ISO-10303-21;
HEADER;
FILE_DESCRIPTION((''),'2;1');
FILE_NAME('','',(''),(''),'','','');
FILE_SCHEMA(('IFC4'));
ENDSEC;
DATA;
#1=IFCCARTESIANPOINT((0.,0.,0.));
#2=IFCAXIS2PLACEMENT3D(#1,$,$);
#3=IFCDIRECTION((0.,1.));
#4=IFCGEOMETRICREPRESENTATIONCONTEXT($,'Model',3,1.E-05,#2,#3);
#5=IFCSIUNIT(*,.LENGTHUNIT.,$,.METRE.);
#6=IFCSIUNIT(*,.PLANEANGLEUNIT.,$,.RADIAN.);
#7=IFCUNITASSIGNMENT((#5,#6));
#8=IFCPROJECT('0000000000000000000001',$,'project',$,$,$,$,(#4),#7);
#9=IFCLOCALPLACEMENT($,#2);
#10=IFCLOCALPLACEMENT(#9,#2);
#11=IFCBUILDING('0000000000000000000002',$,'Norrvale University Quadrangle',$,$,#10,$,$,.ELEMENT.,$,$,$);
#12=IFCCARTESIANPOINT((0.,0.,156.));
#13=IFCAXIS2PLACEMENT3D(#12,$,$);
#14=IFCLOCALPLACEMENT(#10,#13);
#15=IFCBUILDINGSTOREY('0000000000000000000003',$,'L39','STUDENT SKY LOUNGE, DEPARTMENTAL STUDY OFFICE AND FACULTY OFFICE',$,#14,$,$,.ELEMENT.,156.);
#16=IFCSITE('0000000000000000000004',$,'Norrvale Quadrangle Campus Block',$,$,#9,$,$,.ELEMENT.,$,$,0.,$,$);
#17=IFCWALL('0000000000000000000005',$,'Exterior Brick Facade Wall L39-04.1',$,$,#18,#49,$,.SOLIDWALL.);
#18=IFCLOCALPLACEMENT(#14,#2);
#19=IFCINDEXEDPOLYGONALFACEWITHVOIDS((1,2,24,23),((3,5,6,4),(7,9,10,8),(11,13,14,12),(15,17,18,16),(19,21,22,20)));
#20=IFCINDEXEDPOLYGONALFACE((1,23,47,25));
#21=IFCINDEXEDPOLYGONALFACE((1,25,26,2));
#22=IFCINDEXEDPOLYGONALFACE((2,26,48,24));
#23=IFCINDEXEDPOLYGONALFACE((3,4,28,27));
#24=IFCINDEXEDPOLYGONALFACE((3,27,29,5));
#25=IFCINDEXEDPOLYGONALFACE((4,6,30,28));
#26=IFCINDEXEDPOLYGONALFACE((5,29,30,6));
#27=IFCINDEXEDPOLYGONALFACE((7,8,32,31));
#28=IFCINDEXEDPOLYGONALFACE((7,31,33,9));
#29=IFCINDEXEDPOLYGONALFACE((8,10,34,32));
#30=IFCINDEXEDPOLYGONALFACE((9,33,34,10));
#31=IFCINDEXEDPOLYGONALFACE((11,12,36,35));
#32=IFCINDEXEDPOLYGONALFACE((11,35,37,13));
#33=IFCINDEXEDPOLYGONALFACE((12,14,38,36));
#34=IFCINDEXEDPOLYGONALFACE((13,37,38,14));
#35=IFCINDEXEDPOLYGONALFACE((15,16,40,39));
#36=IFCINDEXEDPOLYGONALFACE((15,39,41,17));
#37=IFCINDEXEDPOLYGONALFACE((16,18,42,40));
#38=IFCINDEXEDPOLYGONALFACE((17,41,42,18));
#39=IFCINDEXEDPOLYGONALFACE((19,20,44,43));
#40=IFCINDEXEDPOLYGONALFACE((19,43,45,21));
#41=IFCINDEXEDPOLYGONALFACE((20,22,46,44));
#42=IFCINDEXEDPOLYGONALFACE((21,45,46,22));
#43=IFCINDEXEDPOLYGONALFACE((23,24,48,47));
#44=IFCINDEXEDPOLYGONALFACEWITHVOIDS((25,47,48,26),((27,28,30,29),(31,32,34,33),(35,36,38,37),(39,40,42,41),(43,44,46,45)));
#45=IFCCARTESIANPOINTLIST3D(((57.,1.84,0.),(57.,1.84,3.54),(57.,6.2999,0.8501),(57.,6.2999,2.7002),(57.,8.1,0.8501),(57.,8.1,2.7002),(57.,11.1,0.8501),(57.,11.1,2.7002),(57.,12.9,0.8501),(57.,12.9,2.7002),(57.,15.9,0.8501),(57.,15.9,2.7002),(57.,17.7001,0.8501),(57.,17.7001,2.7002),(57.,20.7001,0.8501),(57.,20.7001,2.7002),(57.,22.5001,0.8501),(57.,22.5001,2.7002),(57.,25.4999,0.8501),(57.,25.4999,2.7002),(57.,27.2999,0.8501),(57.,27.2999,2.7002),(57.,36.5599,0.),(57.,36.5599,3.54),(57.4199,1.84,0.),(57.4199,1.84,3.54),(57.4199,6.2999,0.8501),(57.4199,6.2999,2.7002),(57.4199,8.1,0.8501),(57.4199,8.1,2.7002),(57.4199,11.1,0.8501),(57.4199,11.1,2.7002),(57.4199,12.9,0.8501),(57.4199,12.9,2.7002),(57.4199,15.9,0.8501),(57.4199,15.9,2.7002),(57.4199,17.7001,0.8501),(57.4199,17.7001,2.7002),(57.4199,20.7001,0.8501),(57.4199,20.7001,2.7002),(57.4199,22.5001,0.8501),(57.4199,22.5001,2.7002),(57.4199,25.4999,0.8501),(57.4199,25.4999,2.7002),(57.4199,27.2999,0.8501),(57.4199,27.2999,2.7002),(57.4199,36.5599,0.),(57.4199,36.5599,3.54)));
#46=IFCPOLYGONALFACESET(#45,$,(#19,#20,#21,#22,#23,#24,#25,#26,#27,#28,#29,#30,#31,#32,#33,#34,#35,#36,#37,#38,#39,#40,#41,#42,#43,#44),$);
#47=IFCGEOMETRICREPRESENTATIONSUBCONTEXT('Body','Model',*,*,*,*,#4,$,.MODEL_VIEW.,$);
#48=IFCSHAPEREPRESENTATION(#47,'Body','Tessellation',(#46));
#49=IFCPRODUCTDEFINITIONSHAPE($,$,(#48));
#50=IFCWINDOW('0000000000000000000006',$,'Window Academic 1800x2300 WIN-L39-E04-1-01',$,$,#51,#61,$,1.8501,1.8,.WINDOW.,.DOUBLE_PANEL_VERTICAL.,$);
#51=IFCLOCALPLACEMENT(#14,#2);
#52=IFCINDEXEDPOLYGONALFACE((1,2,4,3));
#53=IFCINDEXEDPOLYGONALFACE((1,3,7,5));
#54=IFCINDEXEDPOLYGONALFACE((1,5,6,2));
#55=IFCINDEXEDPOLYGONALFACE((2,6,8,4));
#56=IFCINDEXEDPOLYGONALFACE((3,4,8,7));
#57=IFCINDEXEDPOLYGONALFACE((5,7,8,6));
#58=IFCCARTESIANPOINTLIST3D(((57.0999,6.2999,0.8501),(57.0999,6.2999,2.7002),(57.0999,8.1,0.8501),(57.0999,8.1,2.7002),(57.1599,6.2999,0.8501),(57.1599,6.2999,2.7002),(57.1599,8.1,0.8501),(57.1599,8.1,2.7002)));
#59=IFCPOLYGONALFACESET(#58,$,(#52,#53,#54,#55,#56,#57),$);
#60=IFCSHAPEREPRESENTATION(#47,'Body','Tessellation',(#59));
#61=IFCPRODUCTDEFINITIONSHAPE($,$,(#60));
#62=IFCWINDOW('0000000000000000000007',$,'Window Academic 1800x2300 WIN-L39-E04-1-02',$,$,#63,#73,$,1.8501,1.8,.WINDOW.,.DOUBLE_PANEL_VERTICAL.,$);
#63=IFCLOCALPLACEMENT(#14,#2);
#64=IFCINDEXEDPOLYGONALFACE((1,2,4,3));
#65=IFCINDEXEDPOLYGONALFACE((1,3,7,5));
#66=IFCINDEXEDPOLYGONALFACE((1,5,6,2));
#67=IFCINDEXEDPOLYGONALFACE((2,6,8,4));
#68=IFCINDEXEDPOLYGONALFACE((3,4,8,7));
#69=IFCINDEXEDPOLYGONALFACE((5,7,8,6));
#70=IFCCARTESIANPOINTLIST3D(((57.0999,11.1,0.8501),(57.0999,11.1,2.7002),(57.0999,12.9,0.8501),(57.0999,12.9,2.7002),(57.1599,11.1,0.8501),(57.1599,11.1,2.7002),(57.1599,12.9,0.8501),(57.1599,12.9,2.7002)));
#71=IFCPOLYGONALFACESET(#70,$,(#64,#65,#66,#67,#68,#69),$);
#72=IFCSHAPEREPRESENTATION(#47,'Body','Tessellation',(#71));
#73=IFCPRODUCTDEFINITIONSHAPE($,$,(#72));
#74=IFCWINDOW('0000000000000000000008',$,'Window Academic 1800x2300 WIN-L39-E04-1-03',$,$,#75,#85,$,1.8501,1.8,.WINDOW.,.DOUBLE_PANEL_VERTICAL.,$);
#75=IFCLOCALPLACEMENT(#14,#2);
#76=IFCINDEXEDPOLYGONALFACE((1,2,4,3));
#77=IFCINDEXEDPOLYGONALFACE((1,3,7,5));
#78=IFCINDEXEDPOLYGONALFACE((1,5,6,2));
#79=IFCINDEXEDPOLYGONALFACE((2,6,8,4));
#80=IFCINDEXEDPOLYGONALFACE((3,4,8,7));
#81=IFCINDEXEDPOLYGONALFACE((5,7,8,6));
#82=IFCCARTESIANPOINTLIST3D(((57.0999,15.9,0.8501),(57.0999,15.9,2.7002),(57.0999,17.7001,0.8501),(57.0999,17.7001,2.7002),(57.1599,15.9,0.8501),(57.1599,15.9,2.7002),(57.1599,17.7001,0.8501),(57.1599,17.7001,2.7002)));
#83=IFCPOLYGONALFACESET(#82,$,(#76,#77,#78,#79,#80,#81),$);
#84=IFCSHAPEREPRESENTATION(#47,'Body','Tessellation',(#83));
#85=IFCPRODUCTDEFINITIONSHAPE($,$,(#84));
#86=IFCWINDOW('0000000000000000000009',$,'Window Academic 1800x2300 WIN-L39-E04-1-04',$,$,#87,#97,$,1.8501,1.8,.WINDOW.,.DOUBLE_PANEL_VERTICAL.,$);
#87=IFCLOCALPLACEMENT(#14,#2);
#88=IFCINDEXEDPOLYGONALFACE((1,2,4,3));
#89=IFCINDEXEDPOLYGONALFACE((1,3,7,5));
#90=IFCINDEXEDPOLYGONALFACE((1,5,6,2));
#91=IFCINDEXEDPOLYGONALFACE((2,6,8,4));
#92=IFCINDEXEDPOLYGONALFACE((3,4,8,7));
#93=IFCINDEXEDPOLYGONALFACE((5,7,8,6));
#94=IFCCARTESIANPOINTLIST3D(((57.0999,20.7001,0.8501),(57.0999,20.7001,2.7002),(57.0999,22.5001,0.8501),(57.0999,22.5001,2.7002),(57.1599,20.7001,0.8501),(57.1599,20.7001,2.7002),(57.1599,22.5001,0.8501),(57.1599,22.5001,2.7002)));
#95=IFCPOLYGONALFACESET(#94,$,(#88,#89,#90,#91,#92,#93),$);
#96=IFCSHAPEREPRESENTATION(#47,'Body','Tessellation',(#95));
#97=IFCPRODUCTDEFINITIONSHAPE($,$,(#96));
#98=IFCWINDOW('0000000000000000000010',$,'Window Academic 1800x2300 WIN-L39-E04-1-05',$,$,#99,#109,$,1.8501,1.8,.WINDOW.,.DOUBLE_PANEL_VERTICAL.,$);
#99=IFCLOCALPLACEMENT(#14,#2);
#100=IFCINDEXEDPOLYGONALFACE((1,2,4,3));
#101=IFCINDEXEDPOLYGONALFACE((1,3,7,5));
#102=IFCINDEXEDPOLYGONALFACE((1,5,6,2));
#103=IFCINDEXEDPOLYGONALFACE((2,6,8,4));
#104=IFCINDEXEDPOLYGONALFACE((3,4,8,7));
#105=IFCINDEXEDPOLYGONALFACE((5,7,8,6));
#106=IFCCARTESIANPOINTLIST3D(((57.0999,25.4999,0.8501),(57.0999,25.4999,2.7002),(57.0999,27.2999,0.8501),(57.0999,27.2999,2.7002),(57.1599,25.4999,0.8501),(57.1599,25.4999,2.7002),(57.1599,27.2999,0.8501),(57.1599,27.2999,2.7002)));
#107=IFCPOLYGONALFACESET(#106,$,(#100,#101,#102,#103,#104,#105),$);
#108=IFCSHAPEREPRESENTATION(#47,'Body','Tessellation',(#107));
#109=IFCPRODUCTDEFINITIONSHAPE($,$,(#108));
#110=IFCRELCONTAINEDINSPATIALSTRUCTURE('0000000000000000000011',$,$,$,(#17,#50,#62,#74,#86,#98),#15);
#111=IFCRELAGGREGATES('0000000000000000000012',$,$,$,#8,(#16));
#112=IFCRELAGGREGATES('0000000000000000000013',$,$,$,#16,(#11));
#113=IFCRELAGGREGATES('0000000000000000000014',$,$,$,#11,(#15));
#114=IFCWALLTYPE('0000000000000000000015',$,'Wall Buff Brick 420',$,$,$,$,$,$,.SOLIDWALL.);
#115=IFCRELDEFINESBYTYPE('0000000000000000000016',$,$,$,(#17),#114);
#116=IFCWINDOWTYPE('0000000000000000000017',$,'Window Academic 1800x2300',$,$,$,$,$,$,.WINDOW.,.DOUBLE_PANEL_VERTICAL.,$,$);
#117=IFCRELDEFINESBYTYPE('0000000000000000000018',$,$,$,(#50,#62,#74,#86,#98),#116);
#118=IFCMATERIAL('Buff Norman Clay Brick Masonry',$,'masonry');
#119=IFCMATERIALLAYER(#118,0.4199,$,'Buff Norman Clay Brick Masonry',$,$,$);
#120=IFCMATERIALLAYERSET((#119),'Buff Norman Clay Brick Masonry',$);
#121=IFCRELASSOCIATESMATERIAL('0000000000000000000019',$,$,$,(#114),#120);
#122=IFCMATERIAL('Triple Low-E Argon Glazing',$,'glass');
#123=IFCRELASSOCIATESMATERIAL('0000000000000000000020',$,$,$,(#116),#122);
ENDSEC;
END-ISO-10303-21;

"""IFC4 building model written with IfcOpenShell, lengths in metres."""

from ifc_helpers import new_model, si_unit, direction, frame, frame_2d, origin, place, context, subcontext, project, spatial, rectangle, extrude, material, layer, layer_set, type_object, element, fill, save


model = new_model("IFC4")

# Units and contexts
model_context = context("Model", 3, precision=1e-05, world=origin(), true_north=direction((0.0, 1.0)))
body_context = subcontext(model_context, "Body", "Model", "MODEL_VIEW")
ifc_project = project(units=[si_unit("LENGTHUNIT", "METRE"), si_unit("PLANEANGLEUNIT", "RADIAN")], contexts=[model_context])

# Site, building, storey
site_placement = place(None, origin())
site = spatial("IfcSite", under=ifc_project, at=site_placement, Name="Norrvale Quadrangle Campus Block", CompositionType="ELEMENT", RefElevation=0.0)
building_placement = place(site_placement, origin())
building = spatial("IfcBuilding", under=site, at=building_placement, Name="Norrvale University Quadrangle", CompositionType="ELEMENT")
storey_placement = place(building_placement, frame((0.0, 0.0, 156.0)))
storey = spatial("IfcBuildingStorey", under=building, at=storey_placement, Name="L39", Description="STUDENT SKY LOUNGE, DEPARTMENTAL STUDY OFFICE AND FACULTY OFFICE", CompositionType="ELEMENT", Elevation=156.0)

# Shared definitions
ifc_material_1 = material(Name="Buff Norman Clay Brick Masonry", Category="masonry")
ifc_layer = layer(ifc_material_1, 0.4199, Name="Buff Norman Clay Brick Masonry")
ifc_layer_set = layer_set([ifc_layer], Name="Buff Norman Clay Brick Masonry")
wall_type = type_object("IfcWallType", Name="Wall Buff Brick 420", PredefinedType="SOLIDWALL", material=ifc_layer_set)

# Wall, openings, windows
wall_placement = place(storey_placement, frame((57.21, 1.8401, 0.0), z_axis=(0.0, 0.0, 1.0), x_axis=(0.0, 1.0, 0.0)))
wall = element("IfcWall", 1, at=wall_placement, inside=storey, type_object=wall_type, Name="Exterior Brick Facade Wall L39-04.1", PredefinedType="SOLIDWALL", context=body_context, shape_type="SweptSolid", body=[
    extrude(rectangle(XDim=34.72, YDim=0.4199, at=frame_2d((17.3599, 0.0))), origin(), (0.0, 0.0, 1.0), 3.54),
])
opening_1_placement = place(wall_placement, frame((4.46, 0.0, 0.8501)))
opening_1 = element("IfcOpeningElement", 2, at=opening_1_placement, cuts=wall, PredefinedType="OPENING", context=body_context, shape_type="SweptSolid", body=[
    extrude(rectangle(XDim=1.8, YDim=1.8501, at=frame_2d((0.8999, 0.925))), frame((0.0, 0.2219, 0.0), z_axis=(0.0, -1.0, 0.0), x_axis=(1.0, 0.0, 0.0)), (0.0, 0.0, 1.0), 0.4438),
])
opening_2_placement = place(wall_placement, frame((9.26, 0.0, 0.8501)))
opening_2 = element("IfcOpeningElement", 3, at=opening_2_placement, cuts=wall, PredefinedType="OPENING", context=body_context, shape_type="SweptSolid", body=[
    extrude(rectangle(XDim=1.8, YDim=1.8501, at=frame_2d((0.8999, 0.925))), frame((0.0, 0.2219, 0.0), z_axis=(0.0, -1.0, 0.0), x_axis=(1.0, 0.0, 0.0)), (0.0, 0.0, 1.0), 0.4438),
])
opening_3_placement = place(wall_placement, frame((14.0601, 0.0, 0.8501)))
opening_3 = element("IfcOpeningElement", 4, at=opening_3_placement, cuts=wall, PredefinedType="OPENING", context=body_context, shape_type="SweptSolid", body=[
    extrude(rectangle(XDim=1.8, YDim=1.8501, at=frame_2d((0.8999, 0.925))), frame((0.0, 0.2219, 0.0), z_axis=(0.0, -1.0, 0.0), x_axis=(1.0, 0.0, 0.0)), (0.0, 0.0, 1.0), 0.4438),
])
opening_4_placement = place(wall_placement, frame((18.8601, 0.0, 0.8501)))
opening_4 = element("IfcOpeningElement", 5, at=opening_4_placement, cuts=wall, PredefinedType="OPENING", context=body_context, shape_type="SweptSolid", body=[
    extrude(rectangle(XDim=1.8, YDim=1.8501, at=frame_2d((0.8999, 0.925))), frame((0.0, 0.2219, 0.0), z_axis=(0.0, -1.0, 0.0), x_axis=(1.0, 0.0, 0.0)), (0.0, 0.0, 1.0), 0.4438),
])
opening_5_placement = place(wall_placement, frame((23.6599, 0.0, 0.8501)))
opening_5 = element("IfcOpeningElement", 6, at=opening_5_placement, cuts=wall, PredefinedType="OPENING", context=body_context, shape_type="SweptSolid", body=[
    extrude(rectangle(XDim=1.8, YDim=1.8501, at=frame_2d((0.8999, 0.925))), frame((0.0, 0.2219, 0.0), z_axis=(0.0, -1.0, 0.0), x_axis=(1.0, 0.0, 0.0)), (0.0, 0.0, 1.0), 0.4438),
])
ifc_material_2 = material(Name="Triple Low-E Argon Glazing", Category="glass")
window_type = type_object("IfcWindowType", Name="Window Academic 1800x2300", PartitioningType="DOUBLE_PANEL_VERTICAL", PredefinedType="WINDOW", material=ifc_material_2)
window_1_placement = place(opening_1_placement, origin())
window_1 = element("IfcWindow", 7, at=window_1_placement, inside=storey, type_object=window_type, Name="Window Academic 1800x2300 WIN-L39-E04-1-01", OverallHeight=1.8501, OverallWidth=1.8, PartitioningType="DOUBLE_PANEL_VERTICAL", PredefinedType="WINDOW", context=body_context, shape_type="SweptSolid", body=[
    extrude(rectangle(XDim=1.8, YDim=1.8501, at=frame_2d((0.8999, 0.925))), frame((0.0, 0.1101, 0.0), z_axis=(0.0, -1.0, 0.0), x_axis=(1.0, 0.0, 0.0)), (0.0, 0.0, 1.0), 0.0601),
])
fill(opening_1, window_1)
window_2_placement = place(opening_2_placement, origin())
window_2 = element("IfcWindow", 8, at=window_2_placement, inside=storey, type_object=window_type, Name="Window Academic 1800x2300 WIN-L39-E04-1-02", OverallHeight=1.8501, OverallWidth=1.8, PartitioningType="DOUBLE_PANEL_VERTICAL", PredefinedType="WINDOW", context=body_context, shape_type="SweptSolid", body=[
    extrude(rectangle(XDim=1.8, YDim=1.8501, at=frame_2d((0.8999, 0.925))), frame((0.0, 0.1101, 0.0), z_axis=(0.0, -1.0, 0.0), x_axis=(1.0, 0.0, 0.0)), (0.0, 0.0, 1.0), 0.0601),
])
fill(opening_2, window_2)
window_3_placement = place(opening_3_placement, origin())
window_3 = element("IfcWindow", 9, at=window_3_placement, inside=storey, type_object=window_type, Name="Window Academic 1800x2300 WIN-L39-E04-1-03", OverallHeight=1.8501, OverallWidth=1.8, PartitioningType="DOUBLE_PANEL_VERTICAL", PredefinedType="WINDOW", context=body_context, shape_type="SweptSolid", body=[
    extrude(rectangle(XDim=1.8, YDim=1.8501, at=frame_2d((0.8999, 0.925))), frame((0.0, 0.1101, 0.0), z_axis=(0.0, -1.0, 0.0), x_axis=(1.0, 0.0, 0.0)), (0.0, 0.0, 1.0), 0.0601),
])
fill(opening_3, window_3)
window_4_placement = place(opening_4_placement, origin())
window_4 = element("IfcWindow", 10, at=window_4_placement, inside=storey, type_object=window_type, Name="Window Academic 1800x2300 WIN-L39-E04-1-04", OverallHeight=1.8501, OverallWidth=1.8, PartitioningType="DOUBLE_PANEL_VERTICAL", PredefinedType="WINDOW", context=body_context, shape_type="SweptSolid", body=[
    extrude(rectangle(XDim=1.8, YDim=1.8501, at=frame_2d((0.8999, 0.925))), frame((0.0, 0.1101, 0.0), z_axis=(0.0, -1.0, 0.0), x_axis=(1.0, 0.0, 0.0)), (0.0, 0.0, 1.0), 0.0601),
])
fill(opening_4, window_4)
window_5_placement = place(opening_5_placement, origin())
window_5 = element("IfcWindow", 11, at=window_5_placement, inside=storey, type_object=window_type, Name="Window Academic 1800x2300 WIN-L39-E04-1-05", OverallHeight=1.8501, OverallWidth=1.8, PartitioningType="DOUBLE_PANEL_VERTICAL", PredefinedType="WINDOW", context=body_context, shape_type="SweptSolid", body=[
    extrude(rectangle(XDim=1.8, YDim=1.8501, at=frame_2d((0.8999, 0.925))), frame((0.0, 0.1101, 0.0), z_axis=(0.0, -1.0, 0.0), x_axis=(1.0, 0.0, 0.0)), (0.0, 0.0, 1.0), 0.0601),
])
fill(opening_5, window_5)

save(model, "model.ifc")
